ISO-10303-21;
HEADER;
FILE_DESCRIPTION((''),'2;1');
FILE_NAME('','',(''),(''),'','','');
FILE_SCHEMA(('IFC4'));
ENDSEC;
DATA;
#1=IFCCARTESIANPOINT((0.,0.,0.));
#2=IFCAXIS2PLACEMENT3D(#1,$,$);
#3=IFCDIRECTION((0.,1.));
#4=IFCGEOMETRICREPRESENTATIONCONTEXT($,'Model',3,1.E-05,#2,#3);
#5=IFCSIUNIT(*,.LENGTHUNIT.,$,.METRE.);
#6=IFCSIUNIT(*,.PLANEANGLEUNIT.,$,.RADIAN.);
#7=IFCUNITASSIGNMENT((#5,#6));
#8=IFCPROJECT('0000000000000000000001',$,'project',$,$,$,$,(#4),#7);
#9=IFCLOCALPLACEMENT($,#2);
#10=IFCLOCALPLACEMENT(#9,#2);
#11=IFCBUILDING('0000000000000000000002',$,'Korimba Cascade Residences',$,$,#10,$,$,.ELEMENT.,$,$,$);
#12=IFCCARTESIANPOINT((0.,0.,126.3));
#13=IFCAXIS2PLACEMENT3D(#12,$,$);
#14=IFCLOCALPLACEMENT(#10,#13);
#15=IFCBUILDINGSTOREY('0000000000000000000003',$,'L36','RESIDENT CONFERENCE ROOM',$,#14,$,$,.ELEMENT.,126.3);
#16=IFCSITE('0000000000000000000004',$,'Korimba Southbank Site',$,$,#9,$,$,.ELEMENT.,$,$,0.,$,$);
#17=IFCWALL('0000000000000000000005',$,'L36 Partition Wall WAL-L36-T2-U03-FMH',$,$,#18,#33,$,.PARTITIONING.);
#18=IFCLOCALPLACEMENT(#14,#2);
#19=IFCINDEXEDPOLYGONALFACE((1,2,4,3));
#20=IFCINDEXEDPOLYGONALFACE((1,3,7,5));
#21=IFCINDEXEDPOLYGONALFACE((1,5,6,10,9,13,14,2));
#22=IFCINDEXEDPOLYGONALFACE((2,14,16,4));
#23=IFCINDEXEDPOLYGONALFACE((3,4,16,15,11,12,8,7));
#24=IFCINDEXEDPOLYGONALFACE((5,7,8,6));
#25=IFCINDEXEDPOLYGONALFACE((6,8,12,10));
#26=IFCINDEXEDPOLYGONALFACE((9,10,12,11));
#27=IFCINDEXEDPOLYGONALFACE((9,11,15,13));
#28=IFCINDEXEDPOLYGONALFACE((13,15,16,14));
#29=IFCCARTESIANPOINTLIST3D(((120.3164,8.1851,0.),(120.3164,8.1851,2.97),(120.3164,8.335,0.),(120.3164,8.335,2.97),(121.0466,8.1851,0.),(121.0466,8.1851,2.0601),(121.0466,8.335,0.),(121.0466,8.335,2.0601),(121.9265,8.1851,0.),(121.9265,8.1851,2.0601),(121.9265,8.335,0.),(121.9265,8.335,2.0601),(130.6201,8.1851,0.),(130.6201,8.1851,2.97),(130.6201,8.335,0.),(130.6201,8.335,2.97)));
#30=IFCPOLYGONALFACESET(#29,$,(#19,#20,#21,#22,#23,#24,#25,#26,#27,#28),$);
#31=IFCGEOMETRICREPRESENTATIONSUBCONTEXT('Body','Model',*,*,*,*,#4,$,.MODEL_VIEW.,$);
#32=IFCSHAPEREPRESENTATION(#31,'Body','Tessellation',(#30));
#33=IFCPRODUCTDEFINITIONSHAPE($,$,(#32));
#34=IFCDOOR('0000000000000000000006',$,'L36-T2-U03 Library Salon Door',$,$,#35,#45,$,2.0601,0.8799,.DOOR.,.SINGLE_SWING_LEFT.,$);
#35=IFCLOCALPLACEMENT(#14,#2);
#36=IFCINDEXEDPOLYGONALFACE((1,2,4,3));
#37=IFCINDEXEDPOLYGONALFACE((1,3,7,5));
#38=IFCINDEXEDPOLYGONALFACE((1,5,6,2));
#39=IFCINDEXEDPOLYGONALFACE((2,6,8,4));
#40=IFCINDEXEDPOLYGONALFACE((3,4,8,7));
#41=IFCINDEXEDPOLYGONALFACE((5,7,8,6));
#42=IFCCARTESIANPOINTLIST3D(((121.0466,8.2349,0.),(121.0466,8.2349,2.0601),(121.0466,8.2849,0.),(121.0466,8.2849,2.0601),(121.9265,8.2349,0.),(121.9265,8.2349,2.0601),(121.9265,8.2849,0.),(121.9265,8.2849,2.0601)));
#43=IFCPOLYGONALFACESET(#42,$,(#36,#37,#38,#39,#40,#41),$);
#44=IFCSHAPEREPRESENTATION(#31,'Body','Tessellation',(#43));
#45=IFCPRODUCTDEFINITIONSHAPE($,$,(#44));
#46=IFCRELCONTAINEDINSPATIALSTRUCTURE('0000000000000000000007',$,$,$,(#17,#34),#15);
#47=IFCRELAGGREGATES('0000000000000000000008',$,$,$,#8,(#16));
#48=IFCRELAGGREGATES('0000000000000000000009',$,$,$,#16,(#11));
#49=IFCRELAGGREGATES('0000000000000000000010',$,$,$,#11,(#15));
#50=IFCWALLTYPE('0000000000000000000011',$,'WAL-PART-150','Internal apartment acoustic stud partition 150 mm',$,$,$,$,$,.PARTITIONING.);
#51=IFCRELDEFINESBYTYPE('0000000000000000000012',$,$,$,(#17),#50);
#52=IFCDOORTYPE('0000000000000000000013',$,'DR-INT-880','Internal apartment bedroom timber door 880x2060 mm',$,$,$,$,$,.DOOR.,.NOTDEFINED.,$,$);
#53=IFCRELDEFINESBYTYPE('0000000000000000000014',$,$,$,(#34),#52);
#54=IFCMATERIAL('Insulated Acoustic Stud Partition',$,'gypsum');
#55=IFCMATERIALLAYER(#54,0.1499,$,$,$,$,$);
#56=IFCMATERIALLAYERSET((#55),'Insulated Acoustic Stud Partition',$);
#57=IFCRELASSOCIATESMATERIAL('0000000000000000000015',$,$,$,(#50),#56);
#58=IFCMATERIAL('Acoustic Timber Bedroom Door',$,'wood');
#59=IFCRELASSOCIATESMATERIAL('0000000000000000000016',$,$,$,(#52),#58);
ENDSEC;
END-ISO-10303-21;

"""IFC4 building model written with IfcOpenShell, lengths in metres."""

from ifc_helpers import new_model, si_unit, direction, frame, frame_2d, origin, place, context, subcontext, project, spatial, rectangle, extrude, material, layer, layer_set, type_object, element, fill, save


model = new_model("IFC4")

# Units and contexts
model_context = context("Model", 3, precision=1e-05, world=origin(), true_north=direction((0.0, 1.0)))
body_context = subcontext(model_context, "Body", "Model", "MODEL_VIEW")
ifc_project = project(units=[si_unit("LENGTHUNIT", "METRE"), si_unit("PLANEANGLEUNIT", "RADIAN")], contexts=[model_context])

# Site, building, storey
site_placement = place(None, origin())
site = spatial("IfcSite", under=ifc_project, at=site_placement, Name="Korimba Southbank Site", CompositionType="ELEMENT", RefElevation=0.0)
building_placement = place(site_placement, origin())
building = spatial("IfcBuilding", under=site, at=building_placement, Name="Korimba Cascade Residences", CompositionType="ELEMENT")
storey_placement = place(building_placement, frame((0.0, 0.0, 126.3)))
storey = spatial("IfcBuildingStorey", under=building, at=storey_placement, Name="L36", Description="RESIDENT CONFERENCE ROOM", CompositionType="ELEMENT", Elevation=126.3)

# Wall, opening, door
ifc_material_1 = material(Name="Insulated Acoustic Stud Partition", Category="gypsum")
ifc_layer_1 = layer(ifc_material_1, 0.1499)
ifc_layer_set_1 = layer_set([ifc_layer_1], Name="Insulated Acoustic Stud Partition")
wall_type_1 = type_object("IfcWallType", Name="WAL-PART-150", Description="Internal apartment acoustic stud partition 150 mm", PredefinedType="PARTITIONING", material=ifc_layer_set_1)
wall_1_placement = place(storey_placement, frame((120.3164, 8.26, 0.0), z_axis=(0.0, 0.0, 1.0), x_axis=(1.0, 0.0, 0.0)))
wall_1 = element("IfcWall", 1, at=wall_1_placement, inside=storey, type_object=wall_type_1, Name="L36 Partition Wall WAL-L36-T2-U03-FMH", PredefinedType="PARTITIONING", context=body_context, shape_type="SweptSolid", body=[
    extrude(rectangle(XDim=10.3037, YDim=0.1499, at=frame_2d((5.1519, 0.0))), origin(), (0.0, 0.0, 1.0), 2.97),
])
opening_1_placement = place(wall_1_placement, frame((0.7302, 0.0, 0.0)))
opening_1 = element("IfcOpeningElement", 2, at=opening_1_placement, cuts=wall_1, PredefinedType="OPENING", context=body_context, shape_type="SweptSolid", body=[
    extrude(rectangle(XDim=0.8799, YDim=2.0601, at=frame_2d((0.4399, 1.03))), frame((0.0, 0.085, 0.0), z_axis=(0.0, -1.0, 0.0), x_axis=(1.0, 0.0, 0.0)), (0.0, 0.0, 1.0), 0.1699),
])
ifc_material_2 = material(Name="Acoustic Timber Bedroom Door", Category="wood")
door_type_1 = type_object("IfcDoorType", Name="DR-INT-880", Description="Internal apartment bedroom timber door 880x2060 mm", OperationType="NOTDEFINED", PredefinedType="DOOR", material=ifc_material_2)
door_1_placement = place(opening_1_placement, origin())
door_1 = element("IfcDoor", 3, at=door_1_placement, inside=storey, type_object=door_type_1, Name="L36-T2-U03 Library Salon Door", OperationType="SINGLE_SWING_LEFT", OverallHeight=2.0601, OverallWidth=0.8799, PredefinedType="DOOR", context=body_context, shape_type="SweptSolid", body=[
    extrude(rectangle(XDim=0.8799, YDim=2.0601, at=frame_2d((0.4399, 1.03))), frame((0.0, 0.0249, 0.0), z_axis=(0.0, -1.0, 0.0), x_axis=(1.0, 0.0, 0.0)), (0.0, 0.0, 1.0), 0.05),
])
fill(opening_1, door_1)

save(model, "model.ifc")
